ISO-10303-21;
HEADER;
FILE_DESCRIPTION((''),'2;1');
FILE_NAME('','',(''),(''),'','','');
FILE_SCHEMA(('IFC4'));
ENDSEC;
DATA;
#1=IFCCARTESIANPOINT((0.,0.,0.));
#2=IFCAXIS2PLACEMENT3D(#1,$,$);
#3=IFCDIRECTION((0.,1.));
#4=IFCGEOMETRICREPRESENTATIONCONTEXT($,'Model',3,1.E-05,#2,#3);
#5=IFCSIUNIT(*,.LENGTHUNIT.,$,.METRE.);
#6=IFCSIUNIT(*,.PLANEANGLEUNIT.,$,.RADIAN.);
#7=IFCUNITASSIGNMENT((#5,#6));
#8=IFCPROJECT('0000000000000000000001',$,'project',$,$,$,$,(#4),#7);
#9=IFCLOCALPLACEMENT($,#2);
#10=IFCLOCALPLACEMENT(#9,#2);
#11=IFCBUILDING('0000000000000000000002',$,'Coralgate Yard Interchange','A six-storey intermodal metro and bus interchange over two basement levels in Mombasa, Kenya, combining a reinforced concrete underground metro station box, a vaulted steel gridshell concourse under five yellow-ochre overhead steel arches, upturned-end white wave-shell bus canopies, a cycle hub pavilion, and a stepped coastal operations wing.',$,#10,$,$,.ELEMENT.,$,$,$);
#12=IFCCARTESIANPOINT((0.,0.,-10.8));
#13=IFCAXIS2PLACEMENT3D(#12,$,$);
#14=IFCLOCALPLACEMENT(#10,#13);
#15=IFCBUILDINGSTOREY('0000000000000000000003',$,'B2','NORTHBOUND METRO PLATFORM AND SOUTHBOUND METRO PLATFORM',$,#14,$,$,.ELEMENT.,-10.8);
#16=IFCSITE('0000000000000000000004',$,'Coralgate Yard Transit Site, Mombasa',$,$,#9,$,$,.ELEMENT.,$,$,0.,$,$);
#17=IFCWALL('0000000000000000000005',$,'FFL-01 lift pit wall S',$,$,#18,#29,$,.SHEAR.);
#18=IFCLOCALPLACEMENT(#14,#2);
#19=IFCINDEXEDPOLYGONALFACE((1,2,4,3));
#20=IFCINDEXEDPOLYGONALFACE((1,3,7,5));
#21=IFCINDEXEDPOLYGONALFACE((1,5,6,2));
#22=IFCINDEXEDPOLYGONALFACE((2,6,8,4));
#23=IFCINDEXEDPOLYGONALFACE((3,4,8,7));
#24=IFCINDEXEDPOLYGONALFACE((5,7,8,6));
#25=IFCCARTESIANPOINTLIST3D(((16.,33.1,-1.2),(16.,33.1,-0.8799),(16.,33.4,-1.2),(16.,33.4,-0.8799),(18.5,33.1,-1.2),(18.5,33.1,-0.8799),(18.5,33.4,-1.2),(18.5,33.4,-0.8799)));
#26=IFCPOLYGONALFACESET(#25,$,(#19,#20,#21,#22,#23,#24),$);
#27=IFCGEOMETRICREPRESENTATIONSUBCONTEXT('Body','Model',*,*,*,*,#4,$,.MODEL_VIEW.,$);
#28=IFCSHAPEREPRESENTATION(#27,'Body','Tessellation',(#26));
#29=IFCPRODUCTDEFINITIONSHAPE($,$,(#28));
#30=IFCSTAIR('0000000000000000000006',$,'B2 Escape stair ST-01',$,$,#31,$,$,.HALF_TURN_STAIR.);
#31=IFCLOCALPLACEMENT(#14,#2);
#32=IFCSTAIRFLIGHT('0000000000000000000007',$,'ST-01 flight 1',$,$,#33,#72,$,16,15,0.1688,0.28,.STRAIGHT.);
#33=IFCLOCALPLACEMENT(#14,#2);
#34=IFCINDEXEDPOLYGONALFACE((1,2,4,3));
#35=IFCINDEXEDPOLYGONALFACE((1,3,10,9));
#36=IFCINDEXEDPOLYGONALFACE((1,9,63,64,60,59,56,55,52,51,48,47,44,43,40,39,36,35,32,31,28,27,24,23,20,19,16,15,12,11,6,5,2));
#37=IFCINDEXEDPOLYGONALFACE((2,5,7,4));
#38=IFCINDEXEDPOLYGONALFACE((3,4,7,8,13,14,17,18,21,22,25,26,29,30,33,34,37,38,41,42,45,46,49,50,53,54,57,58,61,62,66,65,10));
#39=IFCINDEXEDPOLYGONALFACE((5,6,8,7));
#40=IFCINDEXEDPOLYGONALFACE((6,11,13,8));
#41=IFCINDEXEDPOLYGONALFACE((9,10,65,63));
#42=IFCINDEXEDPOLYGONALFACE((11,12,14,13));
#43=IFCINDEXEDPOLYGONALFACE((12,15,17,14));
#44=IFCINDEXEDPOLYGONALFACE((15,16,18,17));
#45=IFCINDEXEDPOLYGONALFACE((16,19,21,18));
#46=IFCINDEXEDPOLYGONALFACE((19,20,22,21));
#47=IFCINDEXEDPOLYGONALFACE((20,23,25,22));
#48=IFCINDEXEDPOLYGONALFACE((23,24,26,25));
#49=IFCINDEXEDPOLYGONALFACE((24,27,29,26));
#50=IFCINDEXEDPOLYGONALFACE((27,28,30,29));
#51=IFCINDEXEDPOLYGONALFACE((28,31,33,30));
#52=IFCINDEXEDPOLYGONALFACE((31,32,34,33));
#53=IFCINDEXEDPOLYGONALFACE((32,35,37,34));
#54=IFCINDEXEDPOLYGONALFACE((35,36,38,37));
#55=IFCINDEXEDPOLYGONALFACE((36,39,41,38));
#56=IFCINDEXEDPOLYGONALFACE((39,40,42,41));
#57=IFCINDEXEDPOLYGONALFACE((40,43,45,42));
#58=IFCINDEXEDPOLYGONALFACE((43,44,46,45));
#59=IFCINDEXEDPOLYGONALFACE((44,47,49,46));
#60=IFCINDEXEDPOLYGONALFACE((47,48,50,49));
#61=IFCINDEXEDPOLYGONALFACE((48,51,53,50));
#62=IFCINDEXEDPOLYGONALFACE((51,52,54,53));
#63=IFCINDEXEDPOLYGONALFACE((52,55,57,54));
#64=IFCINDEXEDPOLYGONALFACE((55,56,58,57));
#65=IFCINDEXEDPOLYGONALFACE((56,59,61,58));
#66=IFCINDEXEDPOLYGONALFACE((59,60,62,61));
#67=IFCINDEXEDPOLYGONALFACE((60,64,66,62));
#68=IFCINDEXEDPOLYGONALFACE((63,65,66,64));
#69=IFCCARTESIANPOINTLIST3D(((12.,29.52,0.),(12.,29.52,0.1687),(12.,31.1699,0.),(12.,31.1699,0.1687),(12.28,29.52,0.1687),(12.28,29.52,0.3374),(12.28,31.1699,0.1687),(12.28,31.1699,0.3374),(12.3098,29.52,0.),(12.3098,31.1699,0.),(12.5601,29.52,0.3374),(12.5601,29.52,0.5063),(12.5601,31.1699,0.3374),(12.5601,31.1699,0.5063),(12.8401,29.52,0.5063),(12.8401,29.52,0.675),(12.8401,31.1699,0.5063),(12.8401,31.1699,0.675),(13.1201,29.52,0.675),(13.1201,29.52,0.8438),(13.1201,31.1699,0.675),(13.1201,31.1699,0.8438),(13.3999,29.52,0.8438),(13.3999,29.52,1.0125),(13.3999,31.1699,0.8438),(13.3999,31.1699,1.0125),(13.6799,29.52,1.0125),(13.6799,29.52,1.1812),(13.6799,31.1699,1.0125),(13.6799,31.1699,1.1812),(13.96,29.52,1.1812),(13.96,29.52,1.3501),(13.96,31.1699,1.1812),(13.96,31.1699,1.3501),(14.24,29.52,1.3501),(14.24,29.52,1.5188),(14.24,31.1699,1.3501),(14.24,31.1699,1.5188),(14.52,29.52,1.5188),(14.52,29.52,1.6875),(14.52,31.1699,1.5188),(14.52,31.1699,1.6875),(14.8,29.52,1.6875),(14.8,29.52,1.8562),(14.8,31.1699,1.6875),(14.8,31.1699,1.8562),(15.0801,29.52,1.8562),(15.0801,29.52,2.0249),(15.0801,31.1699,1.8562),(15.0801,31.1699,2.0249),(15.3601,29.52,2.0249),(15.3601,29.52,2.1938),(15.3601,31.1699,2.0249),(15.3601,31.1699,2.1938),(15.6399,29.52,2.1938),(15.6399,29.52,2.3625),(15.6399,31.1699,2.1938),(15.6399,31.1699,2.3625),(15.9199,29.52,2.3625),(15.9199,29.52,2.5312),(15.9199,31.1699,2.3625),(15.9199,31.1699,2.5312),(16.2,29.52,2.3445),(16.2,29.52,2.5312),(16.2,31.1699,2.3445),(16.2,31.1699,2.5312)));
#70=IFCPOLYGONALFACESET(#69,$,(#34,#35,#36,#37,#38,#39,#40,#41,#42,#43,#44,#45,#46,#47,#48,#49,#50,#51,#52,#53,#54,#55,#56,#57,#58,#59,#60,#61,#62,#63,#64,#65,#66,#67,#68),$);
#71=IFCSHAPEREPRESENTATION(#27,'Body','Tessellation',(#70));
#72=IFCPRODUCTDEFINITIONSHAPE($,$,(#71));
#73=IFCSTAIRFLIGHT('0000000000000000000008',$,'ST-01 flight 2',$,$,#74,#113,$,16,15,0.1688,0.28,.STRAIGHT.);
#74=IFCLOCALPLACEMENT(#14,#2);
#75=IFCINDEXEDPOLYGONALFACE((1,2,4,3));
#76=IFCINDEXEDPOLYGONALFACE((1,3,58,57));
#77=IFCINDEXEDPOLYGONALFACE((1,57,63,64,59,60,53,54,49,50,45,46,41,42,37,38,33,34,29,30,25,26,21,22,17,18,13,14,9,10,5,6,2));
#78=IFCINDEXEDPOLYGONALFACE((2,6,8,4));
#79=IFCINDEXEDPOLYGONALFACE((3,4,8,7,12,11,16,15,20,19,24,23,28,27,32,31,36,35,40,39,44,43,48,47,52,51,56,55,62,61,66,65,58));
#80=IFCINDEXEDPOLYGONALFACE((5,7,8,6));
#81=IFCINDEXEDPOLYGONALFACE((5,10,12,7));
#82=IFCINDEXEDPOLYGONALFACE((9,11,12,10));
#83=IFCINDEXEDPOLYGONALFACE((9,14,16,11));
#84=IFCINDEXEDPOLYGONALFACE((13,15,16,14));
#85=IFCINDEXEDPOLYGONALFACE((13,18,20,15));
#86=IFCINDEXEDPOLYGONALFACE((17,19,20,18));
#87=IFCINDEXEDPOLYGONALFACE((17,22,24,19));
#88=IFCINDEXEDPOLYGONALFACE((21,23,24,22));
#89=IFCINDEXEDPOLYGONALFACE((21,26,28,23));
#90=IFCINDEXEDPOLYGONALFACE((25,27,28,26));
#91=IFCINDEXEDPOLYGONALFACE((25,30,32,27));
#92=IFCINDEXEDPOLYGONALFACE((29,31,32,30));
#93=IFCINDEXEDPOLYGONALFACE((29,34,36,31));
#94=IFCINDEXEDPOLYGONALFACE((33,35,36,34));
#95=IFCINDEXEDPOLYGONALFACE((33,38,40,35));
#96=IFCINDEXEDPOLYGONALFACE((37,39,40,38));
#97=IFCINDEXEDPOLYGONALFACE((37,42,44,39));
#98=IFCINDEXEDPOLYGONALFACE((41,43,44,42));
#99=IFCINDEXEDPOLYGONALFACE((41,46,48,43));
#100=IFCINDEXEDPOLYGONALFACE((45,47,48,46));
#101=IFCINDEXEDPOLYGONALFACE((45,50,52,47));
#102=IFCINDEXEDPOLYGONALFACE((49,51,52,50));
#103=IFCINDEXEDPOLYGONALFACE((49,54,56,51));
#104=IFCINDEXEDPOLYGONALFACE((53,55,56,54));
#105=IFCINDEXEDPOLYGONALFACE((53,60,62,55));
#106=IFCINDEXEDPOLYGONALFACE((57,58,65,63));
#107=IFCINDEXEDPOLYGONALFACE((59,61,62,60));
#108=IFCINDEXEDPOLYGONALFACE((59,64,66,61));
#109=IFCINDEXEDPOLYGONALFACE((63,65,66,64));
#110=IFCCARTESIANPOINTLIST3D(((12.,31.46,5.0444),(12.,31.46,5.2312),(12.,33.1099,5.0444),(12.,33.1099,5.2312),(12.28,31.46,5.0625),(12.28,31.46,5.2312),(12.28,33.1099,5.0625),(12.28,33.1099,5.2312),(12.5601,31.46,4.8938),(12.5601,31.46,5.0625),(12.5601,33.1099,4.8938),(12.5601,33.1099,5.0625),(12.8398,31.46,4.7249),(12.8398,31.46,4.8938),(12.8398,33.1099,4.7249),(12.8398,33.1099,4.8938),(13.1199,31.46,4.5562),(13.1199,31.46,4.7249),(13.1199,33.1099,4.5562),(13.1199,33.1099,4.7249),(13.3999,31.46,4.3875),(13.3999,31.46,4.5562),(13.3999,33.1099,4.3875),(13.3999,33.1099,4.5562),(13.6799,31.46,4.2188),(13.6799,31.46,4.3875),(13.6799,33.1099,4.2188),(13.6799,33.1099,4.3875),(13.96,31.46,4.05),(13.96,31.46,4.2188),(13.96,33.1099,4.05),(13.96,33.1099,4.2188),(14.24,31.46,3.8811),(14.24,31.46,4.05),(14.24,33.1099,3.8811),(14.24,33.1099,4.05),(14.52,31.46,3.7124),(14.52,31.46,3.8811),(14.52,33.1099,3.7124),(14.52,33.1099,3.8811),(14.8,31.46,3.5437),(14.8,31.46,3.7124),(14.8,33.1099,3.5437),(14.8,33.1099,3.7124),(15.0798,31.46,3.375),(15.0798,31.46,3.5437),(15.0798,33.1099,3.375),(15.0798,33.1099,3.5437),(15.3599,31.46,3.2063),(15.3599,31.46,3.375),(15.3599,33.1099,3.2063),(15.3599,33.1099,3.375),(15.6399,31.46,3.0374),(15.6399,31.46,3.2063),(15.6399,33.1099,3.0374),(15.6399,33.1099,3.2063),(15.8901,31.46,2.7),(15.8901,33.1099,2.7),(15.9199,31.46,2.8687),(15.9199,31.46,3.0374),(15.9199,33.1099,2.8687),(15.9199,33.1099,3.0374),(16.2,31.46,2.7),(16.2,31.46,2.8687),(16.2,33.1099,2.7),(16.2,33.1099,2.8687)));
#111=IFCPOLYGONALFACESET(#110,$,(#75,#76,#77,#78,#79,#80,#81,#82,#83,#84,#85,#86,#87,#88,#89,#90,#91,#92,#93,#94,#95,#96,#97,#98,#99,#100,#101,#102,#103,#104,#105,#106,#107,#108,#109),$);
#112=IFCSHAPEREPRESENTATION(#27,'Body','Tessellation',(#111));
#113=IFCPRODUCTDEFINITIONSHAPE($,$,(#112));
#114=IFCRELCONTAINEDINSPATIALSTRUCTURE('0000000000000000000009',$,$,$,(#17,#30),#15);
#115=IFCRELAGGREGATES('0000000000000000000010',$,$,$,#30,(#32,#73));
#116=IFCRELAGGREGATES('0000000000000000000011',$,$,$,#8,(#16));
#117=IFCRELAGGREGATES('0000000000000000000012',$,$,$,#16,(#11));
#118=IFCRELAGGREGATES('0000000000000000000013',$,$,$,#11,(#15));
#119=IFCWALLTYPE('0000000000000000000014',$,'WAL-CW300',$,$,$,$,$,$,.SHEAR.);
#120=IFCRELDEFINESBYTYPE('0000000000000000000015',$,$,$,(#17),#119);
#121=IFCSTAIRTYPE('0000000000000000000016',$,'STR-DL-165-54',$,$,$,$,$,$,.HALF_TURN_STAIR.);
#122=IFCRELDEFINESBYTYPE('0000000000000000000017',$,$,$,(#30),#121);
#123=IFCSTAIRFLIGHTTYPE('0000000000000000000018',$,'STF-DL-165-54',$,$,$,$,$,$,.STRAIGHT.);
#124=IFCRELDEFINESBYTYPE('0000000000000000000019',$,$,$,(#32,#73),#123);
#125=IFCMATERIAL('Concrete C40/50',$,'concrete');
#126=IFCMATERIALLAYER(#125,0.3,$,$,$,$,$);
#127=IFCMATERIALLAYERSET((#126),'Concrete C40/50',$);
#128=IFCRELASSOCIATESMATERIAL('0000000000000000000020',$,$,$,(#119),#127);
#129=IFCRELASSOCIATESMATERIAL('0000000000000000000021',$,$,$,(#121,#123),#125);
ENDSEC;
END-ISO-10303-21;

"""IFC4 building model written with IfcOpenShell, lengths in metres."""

from ifc_helpers import new_model, si_unit, direction, frame, frame_2d, origin, place, context, subcontext, project, spatial, polyline, rectangle, outline, extrude, material, layer, layer_set, type_object, element, aggregate, save


model = new_model("IFC4")

# Units and contexts
model_context = context("Model", 3, precision=1e-05, world=origin(), true_north=direction((0.0, 1.0)))
body_context = subcontext(model_context, "Body", "Model", "MODEL_VIEW")
ifc_project = project(units=[si_unit("LENGTHUNIT", "METRE"), si_unit("PLANEANGLEUNIT", "RADIAN")], contexts=[model_context])

# Site, building, storey
site_placement = place(None, origin())
site = spatial("IfcSite", under=ifc_project, at=site_placement, Name="Coralgate Yard Transit Site, Mombasa", CompositionType="ELEMENT", RefElevation=0.0)
building_placement = place(site_placement, origin())
building = spatial("IfcBuilding", under=site, at=building_placement, Name="Coralgate Yard Interchange", Description="A six-storey intermodal metro and bus interchange over two basement levels in Mombasa, Kenya, combining a reinforced concrete underground metro station box, a vaulted steel gridshell concourse under five yellow-ochre overhead steel arches, upturned-end white wave-shell bus canopies, a cycle hub pavilion, and a stepped coastal operations wing.", CompositionType="ELEMENT")
storey_placement = place(building_placement, frame((0.0, 0.0, -10.8)))
storey = spatial("IfcBuildingStorey", under=building, at=storey_placement, Name="B2", Description="NORTHBOUND METRO PLATFORM AND SOUTHBOUND METRO PLATFORM", CompositionType="ELEMENT", Elevation=-10.8)

# Shared definitions
ifc_material_1 = material(Name="Concrete C40/50", Category="concrete")

# Wall
ifc_layer = layer(ifc_material_1, 0.3)
ifc_layer_set = layer_set([ifc_layer], Name="Concrete C40/50")
wall_type = type_object("IfcWallType", Name="WAL-CW300", PredefinedType="SHEAR", material=ifc_layer_set)
wall_1_placement = place(storey_placement, frame((16.0, 33.25, -1.2), z_axis=(0.0, 0.0, 1.0), x_axis=(1.0, 0.0, 0.0)))
element("IfcWall", 1, at=wall_1_placement, inside=storey, type_object=wall_type, Name="FFL-01 lift pit wall S", PredefinedType="SHEAR", context=body_context, shape_type="SweptSolid", body=[
    extrude(rectangle(XDim=2.5, YDim=0.3, at=frame_2d((1.25, 0.0))), origin(), (0.0, 0.0, 1.0), 0.3201),
])

# Stair, stair flights
stair_type = type_object("IfcStairType", Name="STR-DL-165-54", PredefinedType="HALF_TURN_STAIR", material=ifc_material_1)
stair_placement = place(storey_placement, origin())
stair = element("IfcStair", 2, at=stair_placement, inside=storey, type_object=stair_type, Name="B2 Escape stair ST-01", PredefinedType="HALF_TURN_STAIR")
stair_flight_type = type_object("IfcStairFlightType", Name="STF-DL-165-54", PredefinedType="STRAIGHT", material=ifc_material_1)
stair_flight_1_placement = place(storey_placement, frame((12.0, 30.345, 0.0), z_axis=(0.0, 0.0, 1.0), x_axis=(1.0, 0.0, 0.0)))
stair_flight_1 = element("IfcStairFlight", 3, at=stair_flight_1_placement, type_object=stair_flight_type, Name="ST-01 flight 1", NumberOfRisers=16, NumberOfTreads=15, PredefinedType="STRAIGHT", RiserHeight=0.1688, TreadLength=0.28, context=body_context, shape_type="SweptSolid", body=[
    extrude(outline(polyline([(0.0, 0.0), (0.0, 0.1687), (0.28, 0.1687), (0.28, 0.3374), (0.5601, 0.3374), (0.5601, 0.5063), (0.8401, 0.5063), (0.8401, 0.675), (1.1201, 0.675), (1.1201, 0.8438), (1.3999, 0.8438), (1.3999, 1.0125), (1.6799, 1.0125), (1.6799, 1.1812), (1.96, 1.1812), (1.96, 1.3501), (2.24, 1.3501), (2.24, 1.5188), (2.52, 1.5188), (2.52, 1.6875), (2.8, 1.6875), (2.8, 1.8562), (3.0801, 1.8562), (3.0801, 2.0249), (3.3601, 2.0249), (3.3601, 2.1938), (3.6399, 2.1938), (3.6399, 2.3625), (3.9199, 2.3625), (3.9199, 2.5312), (4.2, 2.5312), (4.2, 2.7), (4.2, 2.3445), (0.3098, 0.0), (0.0, 0.0)])), frame((0.0, 0.825, 0.0), z_axis=(0.0, -1.0, 0.0), x_axis=(1.0, 0.0, 0.0)), (0.0, 0.0, 1.0), 1.6499),
])
stair_flight_2_placement = place(storey_placement, frame((16.2, 32.2849, 2.7), z_axis=(0.0, 0.0, 1.0), x_axis=(-1.0, 0.0, 0.0)))
stair_flight_2 = element("IfcStairFlight", 4, at=stair_flight_2_placement, type_object=stair_flight_type, Name="ST-01 flight 2", NumberOfRisers=16, NumberOfTreads=15, PredefinedType="STRAIGHT", RiserHeight=0.1688, TreadLength=0.28, context=body_context, shape_type="SweptSolid", body=[
    extrude(outline(polyline([(0.0, 0.0), (0.0, 0.1687), (0.28, 0.1687), (0.28, 0.3374), (0.5601, 0.3374), (0.5601, 0.5063), (0.8401, 0.5063), (0.8401, 0.675), (1.1201, 0.675), (1.1201, 0.8438), (1.3999, 0.8438), (1.3999, 1.0125), (1.6799, 1.0125), (1.6799, 1.1812), (1.96, 1.1812), (1.96, 1.3501), (2.24, 1.3501), (2.24, 1.5188), (2.52, 1.5188), (2.52, 1.6875), (2.8, 1.6875), (2.8, 1.8562), (3.0801, 1.8562), (3.0801, 2.0249), (3.3601, 2.0249), (3.3601, 2.1938), (3.6399, 2.1938), (3.6399, 2.3625), (3.9199, 2.3625), (3.9199, 2.5312), (4.2, 2.5312), (4.2, 2.7), (4.2, 2.3445), (0.3098, 0.0), (0.0, 0.0)])), frame((0.0, 0.825, 0.0), z_axis=(0.0, -1.0, 0.0), x_axis=(1.0, 0.0, 0.0)), (0.0, 0.0, 1.0), 1.6499),
])
aggregate(stair, [stair_flight_1, stair_flight_2])

save(model, "model.ifc")
